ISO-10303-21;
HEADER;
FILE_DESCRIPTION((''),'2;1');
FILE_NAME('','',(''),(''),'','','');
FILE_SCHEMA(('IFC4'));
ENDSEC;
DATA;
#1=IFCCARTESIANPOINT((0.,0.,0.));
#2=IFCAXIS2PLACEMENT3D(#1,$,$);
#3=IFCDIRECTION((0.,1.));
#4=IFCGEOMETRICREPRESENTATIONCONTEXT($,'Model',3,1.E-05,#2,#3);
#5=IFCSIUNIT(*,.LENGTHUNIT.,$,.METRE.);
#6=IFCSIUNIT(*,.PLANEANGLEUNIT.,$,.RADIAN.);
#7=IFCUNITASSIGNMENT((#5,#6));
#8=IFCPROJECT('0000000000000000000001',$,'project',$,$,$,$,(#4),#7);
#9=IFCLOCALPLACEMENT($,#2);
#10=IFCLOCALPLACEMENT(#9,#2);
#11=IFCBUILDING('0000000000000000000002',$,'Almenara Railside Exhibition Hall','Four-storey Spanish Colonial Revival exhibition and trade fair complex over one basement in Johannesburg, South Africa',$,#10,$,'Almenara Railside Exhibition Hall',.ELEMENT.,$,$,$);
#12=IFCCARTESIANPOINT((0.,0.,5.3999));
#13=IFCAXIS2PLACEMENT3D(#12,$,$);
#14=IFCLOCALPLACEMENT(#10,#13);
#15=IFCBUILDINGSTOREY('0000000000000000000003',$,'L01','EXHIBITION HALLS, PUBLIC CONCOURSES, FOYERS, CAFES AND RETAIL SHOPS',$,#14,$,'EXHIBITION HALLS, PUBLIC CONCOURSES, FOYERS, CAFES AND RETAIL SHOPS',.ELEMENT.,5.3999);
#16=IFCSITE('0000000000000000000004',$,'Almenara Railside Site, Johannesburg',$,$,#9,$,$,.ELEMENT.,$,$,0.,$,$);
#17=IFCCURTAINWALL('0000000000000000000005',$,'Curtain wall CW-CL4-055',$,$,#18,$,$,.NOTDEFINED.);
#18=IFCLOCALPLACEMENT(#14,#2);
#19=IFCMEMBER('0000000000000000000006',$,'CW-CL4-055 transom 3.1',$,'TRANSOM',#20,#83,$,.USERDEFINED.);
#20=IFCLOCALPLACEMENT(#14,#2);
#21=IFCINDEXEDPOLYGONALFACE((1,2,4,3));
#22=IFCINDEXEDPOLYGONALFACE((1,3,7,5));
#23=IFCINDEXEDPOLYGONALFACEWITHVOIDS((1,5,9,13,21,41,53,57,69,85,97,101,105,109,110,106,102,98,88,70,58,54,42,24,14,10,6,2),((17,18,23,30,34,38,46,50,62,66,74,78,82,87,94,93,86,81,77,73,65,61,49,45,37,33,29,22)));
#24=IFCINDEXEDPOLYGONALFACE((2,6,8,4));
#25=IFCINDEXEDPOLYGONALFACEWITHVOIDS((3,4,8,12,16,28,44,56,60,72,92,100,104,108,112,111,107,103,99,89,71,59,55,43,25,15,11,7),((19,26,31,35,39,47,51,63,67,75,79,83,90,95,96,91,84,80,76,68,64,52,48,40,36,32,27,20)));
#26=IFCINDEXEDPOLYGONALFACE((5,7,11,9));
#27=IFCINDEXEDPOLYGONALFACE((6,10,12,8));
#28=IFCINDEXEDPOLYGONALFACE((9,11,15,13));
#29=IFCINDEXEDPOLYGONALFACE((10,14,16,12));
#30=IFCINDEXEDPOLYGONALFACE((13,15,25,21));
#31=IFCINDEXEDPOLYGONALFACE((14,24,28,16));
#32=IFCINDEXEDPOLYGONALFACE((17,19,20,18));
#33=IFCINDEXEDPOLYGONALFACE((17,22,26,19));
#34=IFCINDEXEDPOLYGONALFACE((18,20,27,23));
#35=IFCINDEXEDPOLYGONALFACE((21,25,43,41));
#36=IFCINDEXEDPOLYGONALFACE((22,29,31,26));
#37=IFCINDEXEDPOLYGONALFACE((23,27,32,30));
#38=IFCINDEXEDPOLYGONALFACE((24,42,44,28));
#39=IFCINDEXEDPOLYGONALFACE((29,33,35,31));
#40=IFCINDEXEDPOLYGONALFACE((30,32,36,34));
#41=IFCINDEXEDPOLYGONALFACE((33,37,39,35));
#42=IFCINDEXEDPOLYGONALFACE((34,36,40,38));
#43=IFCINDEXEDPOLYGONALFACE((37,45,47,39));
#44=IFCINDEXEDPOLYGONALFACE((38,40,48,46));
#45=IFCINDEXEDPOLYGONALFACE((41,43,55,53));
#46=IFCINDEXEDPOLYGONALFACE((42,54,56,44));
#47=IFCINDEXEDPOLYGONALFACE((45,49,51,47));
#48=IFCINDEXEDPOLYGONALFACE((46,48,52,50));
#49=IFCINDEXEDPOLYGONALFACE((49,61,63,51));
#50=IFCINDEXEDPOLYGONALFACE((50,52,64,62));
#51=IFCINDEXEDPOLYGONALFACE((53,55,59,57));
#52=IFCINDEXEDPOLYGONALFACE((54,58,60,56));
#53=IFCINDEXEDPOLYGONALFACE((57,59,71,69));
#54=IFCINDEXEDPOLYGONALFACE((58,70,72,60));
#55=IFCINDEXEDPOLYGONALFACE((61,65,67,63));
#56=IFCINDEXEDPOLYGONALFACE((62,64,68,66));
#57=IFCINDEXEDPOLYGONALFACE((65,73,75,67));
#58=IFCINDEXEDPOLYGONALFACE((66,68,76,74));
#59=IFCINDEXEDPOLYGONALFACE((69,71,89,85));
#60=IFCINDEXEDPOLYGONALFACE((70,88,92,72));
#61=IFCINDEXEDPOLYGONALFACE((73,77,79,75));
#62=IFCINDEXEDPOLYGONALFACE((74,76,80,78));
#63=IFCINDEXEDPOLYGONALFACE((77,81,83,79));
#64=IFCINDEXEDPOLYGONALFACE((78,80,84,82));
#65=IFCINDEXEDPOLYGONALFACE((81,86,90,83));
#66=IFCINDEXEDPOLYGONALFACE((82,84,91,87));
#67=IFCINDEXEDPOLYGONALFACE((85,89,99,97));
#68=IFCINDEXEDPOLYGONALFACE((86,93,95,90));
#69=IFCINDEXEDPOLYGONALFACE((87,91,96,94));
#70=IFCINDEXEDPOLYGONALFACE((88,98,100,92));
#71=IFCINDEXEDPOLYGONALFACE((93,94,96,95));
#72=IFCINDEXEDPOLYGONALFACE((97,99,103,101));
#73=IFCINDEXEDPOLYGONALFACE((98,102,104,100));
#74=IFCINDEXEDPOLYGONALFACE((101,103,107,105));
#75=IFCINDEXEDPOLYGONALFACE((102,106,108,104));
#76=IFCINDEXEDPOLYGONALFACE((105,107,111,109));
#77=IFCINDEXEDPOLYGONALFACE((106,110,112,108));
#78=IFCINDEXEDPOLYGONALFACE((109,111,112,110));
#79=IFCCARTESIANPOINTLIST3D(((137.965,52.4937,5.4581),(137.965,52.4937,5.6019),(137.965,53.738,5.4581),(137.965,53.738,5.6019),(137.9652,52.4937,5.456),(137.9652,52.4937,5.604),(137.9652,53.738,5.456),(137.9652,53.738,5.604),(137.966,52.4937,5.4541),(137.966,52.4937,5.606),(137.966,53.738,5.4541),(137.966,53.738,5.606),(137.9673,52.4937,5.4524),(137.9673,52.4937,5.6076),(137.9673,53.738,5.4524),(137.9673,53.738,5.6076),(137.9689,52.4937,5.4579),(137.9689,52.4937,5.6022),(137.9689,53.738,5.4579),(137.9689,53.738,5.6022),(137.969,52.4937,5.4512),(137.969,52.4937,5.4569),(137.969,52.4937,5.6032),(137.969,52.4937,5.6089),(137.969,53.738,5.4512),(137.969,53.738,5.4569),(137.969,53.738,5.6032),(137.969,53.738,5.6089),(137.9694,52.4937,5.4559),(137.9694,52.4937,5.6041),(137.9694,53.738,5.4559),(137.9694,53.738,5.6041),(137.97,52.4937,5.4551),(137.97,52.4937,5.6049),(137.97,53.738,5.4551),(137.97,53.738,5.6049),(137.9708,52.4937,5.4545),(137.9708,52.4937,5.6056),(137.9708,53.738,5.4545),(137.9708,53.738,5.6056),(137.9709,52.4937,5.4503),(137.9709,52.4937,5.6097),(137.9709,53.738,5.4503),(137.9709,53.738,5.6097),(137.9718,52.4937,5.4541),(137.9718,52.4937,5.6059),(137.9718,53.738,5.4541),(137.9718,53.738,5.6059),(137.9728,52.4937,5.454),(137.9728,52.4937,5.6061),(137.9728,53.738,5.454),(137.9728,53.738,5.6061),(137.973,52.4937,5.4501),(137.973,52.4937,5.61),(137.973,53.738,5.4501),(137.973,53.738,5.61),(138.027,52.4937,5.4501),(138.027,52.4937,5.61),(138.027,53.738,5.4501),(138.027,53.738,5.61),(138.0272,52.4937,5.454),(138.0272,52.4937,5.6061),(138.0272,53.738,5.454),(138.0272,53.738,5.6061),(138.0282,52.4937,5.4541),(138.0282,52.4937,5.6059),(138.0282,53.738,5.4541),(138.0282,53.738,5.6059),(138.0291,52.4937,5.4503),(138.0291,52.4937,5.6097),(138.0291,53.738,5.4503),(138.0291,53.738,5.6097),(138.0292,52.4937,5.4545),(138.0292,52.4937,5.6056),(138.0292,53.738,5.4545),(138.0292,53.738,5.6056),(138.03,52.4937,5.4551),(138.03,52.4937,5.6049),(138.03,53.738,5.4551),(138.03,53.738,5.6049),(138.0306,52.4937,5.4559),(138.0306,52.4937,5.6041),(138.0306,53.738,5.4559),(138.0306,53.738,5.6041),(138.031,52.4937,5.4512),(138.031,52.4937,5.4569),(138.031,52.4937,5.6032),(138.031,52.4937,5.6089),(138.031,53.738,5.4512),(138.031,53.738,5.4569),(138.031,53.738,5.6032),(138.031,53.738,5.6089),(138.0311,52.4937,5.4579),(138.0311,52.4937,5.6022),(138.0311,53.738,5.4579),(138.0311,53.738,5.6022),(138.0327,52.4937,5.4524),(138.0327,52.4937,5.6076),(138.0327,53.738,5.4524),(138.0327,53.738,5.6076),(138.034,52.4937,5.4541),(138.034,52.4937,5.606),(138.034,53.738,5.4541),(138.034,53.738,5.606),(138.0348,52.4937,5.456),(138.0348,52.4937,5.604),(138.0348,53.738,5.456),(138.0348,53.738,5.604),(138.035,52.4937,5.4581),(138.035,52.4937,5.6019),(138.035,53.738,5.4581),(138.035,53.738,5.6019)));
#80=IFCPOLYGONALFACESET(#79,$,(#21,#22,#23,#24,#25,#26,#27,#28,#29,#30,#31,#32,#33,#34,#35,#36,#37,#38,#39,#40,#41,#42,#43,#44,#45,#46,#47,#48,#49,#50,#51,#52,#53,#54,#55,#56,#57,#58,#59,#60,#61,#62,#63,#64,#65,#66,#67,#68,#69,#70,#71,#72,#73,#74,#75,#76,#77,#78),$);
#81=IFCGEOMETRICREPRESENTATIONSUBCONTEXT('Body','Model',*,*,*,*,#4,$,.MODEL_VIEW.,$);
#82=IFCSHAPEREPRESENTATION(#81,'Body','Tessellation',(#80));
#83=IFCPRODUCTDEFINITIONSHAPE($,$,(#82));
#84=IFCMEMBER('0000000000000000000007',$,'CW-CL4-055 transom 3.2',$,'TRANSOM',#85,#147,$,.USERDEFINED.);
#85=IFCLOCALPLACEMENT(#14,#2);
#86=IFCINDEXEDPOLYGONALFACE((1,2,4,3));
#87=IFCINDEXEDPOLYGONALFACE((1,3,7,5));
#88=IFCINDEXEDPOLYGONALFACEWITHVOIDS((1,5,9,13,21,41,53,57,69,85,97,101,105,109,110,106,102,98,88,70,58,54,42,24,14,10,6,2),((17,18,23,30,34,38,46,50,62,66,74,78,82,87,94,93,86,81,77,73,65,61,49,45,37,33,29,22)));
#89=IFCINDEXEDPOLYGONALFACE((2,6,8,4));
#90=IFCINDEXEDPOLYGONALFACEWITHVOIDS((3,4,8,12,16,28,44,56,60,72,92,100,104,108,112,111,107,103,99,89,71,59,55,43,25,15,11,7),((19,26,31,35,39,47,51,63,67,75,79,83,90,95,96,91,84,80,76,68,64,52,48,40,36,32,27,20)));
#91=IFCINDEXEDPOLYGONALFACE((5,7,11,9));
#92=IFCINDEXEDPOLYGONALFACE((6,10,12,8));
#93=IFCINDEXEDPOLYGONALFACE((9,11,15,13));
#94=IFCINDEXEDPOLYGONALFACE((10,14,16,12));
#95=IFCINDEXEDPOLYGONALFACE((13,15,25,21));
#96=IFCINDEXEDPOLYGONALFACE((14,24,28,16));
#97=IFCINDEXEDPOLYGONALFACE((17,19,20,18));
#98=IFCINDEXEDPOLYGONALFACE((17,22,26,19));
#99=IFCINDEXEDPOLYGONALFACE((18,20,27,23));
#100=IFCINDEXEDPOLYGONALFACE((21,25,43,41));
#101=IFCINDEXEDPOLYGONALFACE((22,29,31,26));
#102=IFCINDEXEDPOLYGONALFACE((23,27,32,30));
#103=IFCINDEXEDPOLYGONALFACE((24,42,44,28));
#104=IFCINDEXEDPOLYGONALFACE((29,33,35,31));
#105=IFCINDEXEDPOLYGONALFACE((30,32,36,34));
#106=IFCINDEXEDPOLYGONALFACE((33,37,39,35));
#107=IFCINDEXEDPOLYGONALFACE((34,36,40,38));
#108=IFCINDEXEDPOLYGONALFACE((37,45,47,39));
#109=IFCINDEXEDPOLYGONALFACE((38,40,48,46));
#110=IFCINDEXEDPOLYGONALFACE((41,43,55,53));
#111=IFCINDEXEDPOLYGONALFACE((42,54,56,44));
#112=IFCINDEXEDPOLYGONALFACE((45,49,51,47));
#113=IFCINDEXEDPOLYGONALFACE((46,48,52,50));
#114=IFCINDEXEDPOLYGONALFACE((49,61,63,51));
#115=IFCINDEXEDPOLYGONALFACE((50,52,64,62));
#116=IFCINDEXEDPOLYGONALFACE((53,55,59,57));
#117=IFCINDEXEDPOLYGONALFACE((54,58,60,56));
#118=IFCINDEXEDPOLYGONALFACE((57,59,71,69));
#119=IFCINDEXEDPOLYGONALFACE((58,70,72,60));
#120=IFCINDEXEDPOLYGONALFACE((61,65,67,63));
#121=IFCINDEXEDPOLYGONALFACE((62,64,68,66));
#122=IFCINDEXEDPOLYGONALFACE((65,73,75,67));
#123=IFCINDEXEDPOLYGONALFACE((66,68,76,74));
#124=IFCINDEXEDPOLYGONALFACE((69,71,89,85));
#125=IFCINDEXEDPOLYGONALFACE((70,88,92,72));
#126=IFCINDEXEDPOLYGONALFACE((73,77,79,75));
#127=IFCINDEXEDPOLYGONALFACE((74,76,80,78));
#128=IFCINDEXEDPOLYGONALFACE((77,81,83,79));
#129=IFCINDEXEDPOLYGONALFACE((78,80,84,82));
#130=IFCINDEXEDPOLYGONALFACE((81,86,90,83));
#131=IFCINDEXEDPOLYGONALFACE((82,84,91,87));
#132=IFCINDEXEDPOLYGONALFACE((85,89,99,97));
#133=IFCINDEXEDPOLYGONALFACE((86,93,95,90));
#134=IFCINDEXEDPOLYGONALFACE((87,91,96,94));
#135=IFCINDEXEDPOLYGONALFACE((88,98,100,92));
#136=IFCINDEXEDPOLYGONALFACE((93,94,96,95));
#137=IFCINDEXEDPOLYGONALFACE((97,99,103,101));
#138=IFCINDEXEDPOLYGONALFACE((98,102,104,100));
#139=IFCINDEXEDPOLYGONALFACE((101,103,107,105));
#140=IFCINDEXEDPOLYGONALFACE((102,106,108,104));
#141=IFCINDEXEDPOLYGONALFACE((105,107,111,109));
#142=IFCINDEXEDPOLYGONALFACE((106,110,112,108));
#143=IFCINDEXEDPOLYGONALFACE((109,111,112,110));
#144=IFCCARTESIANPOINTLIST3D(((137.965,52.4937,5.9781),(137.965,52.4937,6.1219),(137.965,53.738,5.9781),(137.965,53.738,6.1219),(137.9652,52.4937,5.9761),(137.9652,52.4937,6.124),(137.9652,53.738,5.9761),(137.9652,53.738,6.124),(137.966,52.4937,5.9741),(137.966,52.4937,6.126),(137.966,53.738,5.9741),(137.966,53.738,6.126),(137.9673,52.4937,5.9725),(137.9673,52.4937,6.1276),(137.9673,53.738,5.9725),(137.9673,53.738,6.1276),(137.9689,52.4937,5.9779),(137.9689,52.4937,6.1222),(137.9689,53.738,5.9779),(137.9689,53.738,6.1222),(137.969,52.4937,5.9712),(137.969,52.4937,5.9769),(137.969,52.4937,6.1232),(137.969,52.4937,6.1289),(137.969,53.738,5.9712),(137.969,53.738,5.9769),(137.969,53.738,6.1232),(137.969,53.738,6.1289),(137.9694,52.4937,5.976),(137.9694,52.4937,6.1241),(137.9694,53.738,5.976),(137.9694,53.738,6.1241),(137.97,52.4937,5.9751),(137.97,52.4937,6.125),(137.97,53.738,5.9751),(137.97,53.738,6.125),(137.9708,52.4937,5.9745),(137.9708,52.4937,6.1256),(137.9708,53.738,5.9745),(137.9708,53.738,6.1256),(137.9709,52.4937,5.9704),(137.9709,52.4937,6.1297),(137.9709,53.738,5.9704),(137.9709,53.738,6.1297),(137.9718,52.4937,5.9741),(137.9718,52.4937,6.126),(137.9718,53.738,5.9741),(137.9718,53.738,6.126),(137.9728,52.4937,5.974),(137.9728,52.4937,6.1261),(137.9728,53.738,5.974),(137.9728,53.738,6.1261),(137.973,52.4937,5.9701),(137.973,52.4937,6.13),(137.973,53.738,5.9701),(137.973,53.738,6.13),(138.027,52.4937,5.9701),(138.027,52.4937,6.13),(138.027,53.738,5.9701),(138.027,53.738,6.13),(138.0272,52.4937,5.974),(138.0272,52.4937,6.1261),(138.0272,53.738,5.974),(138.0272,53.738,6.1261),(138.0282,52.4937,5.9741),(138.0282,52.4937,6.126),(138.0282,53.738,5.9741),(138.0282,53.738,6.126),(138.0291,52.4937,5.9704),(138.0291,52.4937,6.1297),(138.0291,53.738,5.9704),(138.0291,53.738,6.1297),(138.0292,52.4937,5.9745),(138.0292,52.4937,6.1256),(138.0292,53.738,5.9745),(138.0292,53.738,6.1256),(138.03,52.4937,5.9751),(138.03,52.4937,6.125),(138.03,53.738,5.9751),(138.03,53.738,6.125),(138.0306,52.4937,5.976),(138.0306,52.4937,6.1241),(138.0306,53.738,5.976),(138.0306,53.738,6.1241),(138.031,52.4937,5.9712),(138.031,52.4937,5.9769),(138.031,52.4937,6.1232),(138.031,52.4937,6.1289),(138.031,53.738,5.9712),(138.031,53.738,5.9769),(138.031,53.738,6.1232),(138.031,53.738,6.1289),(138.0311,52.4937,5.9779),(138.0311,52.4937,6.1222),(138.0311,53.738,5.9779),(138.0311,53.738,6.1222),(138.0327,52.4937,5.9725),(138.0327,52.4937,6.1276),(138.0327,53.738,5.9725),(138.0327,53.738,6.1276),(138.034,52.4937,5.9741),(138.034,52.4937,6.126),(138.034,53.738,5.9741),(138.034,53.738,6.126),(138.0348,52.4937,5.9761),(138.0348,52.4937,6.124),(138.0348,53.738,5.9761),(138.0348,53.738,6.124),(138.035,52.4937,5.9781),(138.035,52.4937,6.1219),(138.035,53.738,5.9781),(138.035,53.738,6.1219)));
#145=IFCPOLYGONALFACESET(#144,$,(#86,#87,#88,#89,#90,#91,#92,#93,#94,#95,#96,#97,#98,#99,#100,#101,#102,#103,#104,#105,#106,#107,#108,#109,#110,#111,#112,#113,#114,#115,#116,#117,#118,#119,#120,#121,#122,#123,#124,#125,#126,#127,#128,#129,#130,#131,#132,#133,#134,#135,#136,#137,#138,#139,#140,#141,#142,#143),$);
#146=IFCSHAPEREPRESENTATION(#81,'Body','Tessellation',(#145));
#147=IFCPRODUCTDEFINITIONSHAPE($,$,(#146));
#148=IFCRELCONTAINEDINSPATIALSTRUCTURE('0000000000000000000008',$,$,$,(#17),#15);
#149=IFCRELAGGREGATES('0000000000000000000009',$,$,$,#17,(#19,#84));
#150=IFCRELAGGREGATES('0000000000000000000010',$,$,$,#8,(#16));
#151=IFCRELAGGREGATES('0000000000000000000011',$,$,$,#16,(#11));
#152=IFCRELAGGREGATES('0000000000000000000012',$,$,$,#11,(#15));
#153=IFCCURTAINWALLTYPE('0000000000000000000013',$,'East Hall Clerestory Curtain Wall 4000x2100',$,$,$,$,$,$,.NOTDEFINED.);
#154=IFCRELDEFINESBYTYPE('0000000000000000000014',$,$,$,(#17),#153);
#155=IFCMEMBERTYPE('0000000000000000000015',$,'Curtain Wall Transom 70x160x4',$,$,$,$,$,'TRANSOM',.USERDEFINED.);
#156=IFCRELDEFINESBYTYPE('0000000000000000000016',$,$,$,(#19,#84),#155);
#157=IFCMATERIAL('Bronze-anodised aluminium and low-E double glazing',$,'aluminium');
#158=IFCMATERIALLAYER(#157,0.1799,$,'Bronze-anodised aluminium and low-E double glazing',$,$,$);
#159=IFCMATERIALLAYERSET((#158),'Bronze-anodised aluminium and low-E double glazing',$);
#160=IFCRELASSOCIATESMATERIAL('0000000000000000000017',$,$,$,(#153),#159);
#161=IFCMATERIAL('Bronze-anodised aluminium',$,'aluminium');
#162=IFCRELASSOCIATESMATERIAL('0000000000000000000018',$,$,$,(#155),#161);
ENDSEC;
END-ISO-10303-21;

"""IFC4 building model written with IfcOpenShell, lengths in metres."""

from ifc_helpers import new_model, si_unit, direction, frame, origin, origin_2d, place, context, subcontext, project, spatial, hollow_rectangle, extrude, material, layer, layer_set, material_profile, profile_set, type_object, element, aggregate, save


model = new_model("IFC4")

# Units and contexts
model_context = context("Model", 3, precision=1e-05, world=origin(), true_north=direction((0.0, 1.0)))
body_context = subcontext(model_context, "Body", "Model", "MODEL_VIEW")
ifc_project = project(units=[si_unit("LENGTHUNIT", "METRE"), si_unit("PLANEANGLEUNIT", "RADIAN")], contexts=[model_context])

# Site, building, storey
site_placement = place(None, origin())
site = spatial("IfcSite", under=ifc_project, at=site_placement, Name="Almenara Railside Site, Johannesburg", CompositionType="ELEMENT", RefElevation=0.0)
building_placement = place(site_placement, origin())
building = spatial("IfcBuilding", under=site, at=building_placement, Name="Almenara Railside Exhibition Hall", Description="Four-storey Spanish Colonial Revival exhibition and trade fair complex over one basement in Johannesburg, South Africa", LongName="Almenara Railside Exhibition Hall", CompositionType="ELEMENT")
storey_placement = place(building_placement, frame((0.0, 0.0, 5.3999)))
storey = spatial("IfcBuildingStorey", under=building, at=storey_placement, Name="L01", Description="EXHIBITION HALLS, PUBLIC CONCOURSES, FOYERS, CAFES AND RETAIL SHOPS", LongName="EXHIBITION HALLS, PUBLIC CONCOURSES, FOYERS, CAFES AND RETAIL SHOPS", CompositionType="ELEMENT", Elevation=5.3999)

# Shared definitions
ifc_material_1 = material(Name="Bronze-anodised aluminium and low-E double glazing", Category="aluminium")
ifc_material_2 = material(Name="Bronze-anodised aluminium", Category="aluminium")

# Curtain wall, members
ifc_layer_1 = layer(ifc_material_1, 0.1799, Name="Bronze-anodised aluminium and low-E double glazing")
ifc_layer_set_1 = layer_set([ifc_layer_1], Name="Bronze-anodised aluminium and low-E double glazing")
curtain_wall_type_1 = type_object("IfcCurtainWallType", Name="East Hall Clerestory Curtain Wall 4000x2100", PredefinedType="NOTDEFINED", material=ifc_layer_set_1)
curtain_wall_1_placement = place(storey_placement, origin())
curtain_wall_1 = element("IfcCurtainWall", 1, at=curtain_wall_1_placement, inside=storey, type_object=curtain_wall_type_1, Name="Curtain wall CW-CL4-055", PredefinedType="NOTDEFINED")
ifc_material_profile_1 = material_profile(ifc_material_2, hollow_rectangle(XDim=0.0701, YDim=0.1599, WallThickness=0.0039, InnerFilletRadius=0.0039, OuterFilletRadius=0.0081, at=origin_2d()), Name="ALU-TRN 70x160x4")
ifc_profile_set_1 = profile_set([ifc_material_profile_1], Name="Bronze-anodised aluminium")
member_type_1 = type_object("IfcMemberType", Name="Curtain Wall Transom 70x160x4", ElementType="TRANSOM", PredefinedType="USERDEFINED", material=ifc_profile_set_1)
member_1_placement = place(storey_placement, frame((138.0, 52.4937, 5.53), z_axis=(0.0, 1.0, 0.0), x_axis=(-1.0, 0.0, 0.0)))
member_1 = element("IfcMember", 2, at=member_1_placement, type_object=member_type_1, Name="CW-CL4-055 transom 3.1", ObjectType="TRANSOM", PredefinedType="USERDEFINED", context=body_context, shape_type="SweptSolid", body=[
    extrude(hollow_rectangle(XDim=0.0701, YDim=0.1599, WallThickness=0.0039, InnerFilletRadius=0.0039, OuterFilletRadius=0.0081, at=origin_2d()), origin(), (0.0, 0.0, 1.0), 1.2444),
])
member_2_placement = place(storey_placement, frame((138.0, 52.4937, 6.05), z_axis=(0.0, 1.0, 0.0), x_axis=(-1.0, 0.0, 0.0)))
member_2 = element("IfcMember", 3, at=member_2_placement, type_object=member_type_1, Name="CW-CL4-055 transom 3.2", ObjectType="TRANSOM", PredefinedType="USERDEFINED", context=body_context, shape_type="SweptSolid", body=[
    extrude(hollow_rectangle(XDim=0.0701, YDim=0.1599, WallThickness=0.0039, InnerFilletRadius=0.0039, OuterFilletRadius=0.0081, at=origin_2d()), origin(), (0.0, 0.0, 1.0), 1.2444),
])
aggregate(curtain_wall_1, [member_1, member_2])

save(model, "model.ifc")
